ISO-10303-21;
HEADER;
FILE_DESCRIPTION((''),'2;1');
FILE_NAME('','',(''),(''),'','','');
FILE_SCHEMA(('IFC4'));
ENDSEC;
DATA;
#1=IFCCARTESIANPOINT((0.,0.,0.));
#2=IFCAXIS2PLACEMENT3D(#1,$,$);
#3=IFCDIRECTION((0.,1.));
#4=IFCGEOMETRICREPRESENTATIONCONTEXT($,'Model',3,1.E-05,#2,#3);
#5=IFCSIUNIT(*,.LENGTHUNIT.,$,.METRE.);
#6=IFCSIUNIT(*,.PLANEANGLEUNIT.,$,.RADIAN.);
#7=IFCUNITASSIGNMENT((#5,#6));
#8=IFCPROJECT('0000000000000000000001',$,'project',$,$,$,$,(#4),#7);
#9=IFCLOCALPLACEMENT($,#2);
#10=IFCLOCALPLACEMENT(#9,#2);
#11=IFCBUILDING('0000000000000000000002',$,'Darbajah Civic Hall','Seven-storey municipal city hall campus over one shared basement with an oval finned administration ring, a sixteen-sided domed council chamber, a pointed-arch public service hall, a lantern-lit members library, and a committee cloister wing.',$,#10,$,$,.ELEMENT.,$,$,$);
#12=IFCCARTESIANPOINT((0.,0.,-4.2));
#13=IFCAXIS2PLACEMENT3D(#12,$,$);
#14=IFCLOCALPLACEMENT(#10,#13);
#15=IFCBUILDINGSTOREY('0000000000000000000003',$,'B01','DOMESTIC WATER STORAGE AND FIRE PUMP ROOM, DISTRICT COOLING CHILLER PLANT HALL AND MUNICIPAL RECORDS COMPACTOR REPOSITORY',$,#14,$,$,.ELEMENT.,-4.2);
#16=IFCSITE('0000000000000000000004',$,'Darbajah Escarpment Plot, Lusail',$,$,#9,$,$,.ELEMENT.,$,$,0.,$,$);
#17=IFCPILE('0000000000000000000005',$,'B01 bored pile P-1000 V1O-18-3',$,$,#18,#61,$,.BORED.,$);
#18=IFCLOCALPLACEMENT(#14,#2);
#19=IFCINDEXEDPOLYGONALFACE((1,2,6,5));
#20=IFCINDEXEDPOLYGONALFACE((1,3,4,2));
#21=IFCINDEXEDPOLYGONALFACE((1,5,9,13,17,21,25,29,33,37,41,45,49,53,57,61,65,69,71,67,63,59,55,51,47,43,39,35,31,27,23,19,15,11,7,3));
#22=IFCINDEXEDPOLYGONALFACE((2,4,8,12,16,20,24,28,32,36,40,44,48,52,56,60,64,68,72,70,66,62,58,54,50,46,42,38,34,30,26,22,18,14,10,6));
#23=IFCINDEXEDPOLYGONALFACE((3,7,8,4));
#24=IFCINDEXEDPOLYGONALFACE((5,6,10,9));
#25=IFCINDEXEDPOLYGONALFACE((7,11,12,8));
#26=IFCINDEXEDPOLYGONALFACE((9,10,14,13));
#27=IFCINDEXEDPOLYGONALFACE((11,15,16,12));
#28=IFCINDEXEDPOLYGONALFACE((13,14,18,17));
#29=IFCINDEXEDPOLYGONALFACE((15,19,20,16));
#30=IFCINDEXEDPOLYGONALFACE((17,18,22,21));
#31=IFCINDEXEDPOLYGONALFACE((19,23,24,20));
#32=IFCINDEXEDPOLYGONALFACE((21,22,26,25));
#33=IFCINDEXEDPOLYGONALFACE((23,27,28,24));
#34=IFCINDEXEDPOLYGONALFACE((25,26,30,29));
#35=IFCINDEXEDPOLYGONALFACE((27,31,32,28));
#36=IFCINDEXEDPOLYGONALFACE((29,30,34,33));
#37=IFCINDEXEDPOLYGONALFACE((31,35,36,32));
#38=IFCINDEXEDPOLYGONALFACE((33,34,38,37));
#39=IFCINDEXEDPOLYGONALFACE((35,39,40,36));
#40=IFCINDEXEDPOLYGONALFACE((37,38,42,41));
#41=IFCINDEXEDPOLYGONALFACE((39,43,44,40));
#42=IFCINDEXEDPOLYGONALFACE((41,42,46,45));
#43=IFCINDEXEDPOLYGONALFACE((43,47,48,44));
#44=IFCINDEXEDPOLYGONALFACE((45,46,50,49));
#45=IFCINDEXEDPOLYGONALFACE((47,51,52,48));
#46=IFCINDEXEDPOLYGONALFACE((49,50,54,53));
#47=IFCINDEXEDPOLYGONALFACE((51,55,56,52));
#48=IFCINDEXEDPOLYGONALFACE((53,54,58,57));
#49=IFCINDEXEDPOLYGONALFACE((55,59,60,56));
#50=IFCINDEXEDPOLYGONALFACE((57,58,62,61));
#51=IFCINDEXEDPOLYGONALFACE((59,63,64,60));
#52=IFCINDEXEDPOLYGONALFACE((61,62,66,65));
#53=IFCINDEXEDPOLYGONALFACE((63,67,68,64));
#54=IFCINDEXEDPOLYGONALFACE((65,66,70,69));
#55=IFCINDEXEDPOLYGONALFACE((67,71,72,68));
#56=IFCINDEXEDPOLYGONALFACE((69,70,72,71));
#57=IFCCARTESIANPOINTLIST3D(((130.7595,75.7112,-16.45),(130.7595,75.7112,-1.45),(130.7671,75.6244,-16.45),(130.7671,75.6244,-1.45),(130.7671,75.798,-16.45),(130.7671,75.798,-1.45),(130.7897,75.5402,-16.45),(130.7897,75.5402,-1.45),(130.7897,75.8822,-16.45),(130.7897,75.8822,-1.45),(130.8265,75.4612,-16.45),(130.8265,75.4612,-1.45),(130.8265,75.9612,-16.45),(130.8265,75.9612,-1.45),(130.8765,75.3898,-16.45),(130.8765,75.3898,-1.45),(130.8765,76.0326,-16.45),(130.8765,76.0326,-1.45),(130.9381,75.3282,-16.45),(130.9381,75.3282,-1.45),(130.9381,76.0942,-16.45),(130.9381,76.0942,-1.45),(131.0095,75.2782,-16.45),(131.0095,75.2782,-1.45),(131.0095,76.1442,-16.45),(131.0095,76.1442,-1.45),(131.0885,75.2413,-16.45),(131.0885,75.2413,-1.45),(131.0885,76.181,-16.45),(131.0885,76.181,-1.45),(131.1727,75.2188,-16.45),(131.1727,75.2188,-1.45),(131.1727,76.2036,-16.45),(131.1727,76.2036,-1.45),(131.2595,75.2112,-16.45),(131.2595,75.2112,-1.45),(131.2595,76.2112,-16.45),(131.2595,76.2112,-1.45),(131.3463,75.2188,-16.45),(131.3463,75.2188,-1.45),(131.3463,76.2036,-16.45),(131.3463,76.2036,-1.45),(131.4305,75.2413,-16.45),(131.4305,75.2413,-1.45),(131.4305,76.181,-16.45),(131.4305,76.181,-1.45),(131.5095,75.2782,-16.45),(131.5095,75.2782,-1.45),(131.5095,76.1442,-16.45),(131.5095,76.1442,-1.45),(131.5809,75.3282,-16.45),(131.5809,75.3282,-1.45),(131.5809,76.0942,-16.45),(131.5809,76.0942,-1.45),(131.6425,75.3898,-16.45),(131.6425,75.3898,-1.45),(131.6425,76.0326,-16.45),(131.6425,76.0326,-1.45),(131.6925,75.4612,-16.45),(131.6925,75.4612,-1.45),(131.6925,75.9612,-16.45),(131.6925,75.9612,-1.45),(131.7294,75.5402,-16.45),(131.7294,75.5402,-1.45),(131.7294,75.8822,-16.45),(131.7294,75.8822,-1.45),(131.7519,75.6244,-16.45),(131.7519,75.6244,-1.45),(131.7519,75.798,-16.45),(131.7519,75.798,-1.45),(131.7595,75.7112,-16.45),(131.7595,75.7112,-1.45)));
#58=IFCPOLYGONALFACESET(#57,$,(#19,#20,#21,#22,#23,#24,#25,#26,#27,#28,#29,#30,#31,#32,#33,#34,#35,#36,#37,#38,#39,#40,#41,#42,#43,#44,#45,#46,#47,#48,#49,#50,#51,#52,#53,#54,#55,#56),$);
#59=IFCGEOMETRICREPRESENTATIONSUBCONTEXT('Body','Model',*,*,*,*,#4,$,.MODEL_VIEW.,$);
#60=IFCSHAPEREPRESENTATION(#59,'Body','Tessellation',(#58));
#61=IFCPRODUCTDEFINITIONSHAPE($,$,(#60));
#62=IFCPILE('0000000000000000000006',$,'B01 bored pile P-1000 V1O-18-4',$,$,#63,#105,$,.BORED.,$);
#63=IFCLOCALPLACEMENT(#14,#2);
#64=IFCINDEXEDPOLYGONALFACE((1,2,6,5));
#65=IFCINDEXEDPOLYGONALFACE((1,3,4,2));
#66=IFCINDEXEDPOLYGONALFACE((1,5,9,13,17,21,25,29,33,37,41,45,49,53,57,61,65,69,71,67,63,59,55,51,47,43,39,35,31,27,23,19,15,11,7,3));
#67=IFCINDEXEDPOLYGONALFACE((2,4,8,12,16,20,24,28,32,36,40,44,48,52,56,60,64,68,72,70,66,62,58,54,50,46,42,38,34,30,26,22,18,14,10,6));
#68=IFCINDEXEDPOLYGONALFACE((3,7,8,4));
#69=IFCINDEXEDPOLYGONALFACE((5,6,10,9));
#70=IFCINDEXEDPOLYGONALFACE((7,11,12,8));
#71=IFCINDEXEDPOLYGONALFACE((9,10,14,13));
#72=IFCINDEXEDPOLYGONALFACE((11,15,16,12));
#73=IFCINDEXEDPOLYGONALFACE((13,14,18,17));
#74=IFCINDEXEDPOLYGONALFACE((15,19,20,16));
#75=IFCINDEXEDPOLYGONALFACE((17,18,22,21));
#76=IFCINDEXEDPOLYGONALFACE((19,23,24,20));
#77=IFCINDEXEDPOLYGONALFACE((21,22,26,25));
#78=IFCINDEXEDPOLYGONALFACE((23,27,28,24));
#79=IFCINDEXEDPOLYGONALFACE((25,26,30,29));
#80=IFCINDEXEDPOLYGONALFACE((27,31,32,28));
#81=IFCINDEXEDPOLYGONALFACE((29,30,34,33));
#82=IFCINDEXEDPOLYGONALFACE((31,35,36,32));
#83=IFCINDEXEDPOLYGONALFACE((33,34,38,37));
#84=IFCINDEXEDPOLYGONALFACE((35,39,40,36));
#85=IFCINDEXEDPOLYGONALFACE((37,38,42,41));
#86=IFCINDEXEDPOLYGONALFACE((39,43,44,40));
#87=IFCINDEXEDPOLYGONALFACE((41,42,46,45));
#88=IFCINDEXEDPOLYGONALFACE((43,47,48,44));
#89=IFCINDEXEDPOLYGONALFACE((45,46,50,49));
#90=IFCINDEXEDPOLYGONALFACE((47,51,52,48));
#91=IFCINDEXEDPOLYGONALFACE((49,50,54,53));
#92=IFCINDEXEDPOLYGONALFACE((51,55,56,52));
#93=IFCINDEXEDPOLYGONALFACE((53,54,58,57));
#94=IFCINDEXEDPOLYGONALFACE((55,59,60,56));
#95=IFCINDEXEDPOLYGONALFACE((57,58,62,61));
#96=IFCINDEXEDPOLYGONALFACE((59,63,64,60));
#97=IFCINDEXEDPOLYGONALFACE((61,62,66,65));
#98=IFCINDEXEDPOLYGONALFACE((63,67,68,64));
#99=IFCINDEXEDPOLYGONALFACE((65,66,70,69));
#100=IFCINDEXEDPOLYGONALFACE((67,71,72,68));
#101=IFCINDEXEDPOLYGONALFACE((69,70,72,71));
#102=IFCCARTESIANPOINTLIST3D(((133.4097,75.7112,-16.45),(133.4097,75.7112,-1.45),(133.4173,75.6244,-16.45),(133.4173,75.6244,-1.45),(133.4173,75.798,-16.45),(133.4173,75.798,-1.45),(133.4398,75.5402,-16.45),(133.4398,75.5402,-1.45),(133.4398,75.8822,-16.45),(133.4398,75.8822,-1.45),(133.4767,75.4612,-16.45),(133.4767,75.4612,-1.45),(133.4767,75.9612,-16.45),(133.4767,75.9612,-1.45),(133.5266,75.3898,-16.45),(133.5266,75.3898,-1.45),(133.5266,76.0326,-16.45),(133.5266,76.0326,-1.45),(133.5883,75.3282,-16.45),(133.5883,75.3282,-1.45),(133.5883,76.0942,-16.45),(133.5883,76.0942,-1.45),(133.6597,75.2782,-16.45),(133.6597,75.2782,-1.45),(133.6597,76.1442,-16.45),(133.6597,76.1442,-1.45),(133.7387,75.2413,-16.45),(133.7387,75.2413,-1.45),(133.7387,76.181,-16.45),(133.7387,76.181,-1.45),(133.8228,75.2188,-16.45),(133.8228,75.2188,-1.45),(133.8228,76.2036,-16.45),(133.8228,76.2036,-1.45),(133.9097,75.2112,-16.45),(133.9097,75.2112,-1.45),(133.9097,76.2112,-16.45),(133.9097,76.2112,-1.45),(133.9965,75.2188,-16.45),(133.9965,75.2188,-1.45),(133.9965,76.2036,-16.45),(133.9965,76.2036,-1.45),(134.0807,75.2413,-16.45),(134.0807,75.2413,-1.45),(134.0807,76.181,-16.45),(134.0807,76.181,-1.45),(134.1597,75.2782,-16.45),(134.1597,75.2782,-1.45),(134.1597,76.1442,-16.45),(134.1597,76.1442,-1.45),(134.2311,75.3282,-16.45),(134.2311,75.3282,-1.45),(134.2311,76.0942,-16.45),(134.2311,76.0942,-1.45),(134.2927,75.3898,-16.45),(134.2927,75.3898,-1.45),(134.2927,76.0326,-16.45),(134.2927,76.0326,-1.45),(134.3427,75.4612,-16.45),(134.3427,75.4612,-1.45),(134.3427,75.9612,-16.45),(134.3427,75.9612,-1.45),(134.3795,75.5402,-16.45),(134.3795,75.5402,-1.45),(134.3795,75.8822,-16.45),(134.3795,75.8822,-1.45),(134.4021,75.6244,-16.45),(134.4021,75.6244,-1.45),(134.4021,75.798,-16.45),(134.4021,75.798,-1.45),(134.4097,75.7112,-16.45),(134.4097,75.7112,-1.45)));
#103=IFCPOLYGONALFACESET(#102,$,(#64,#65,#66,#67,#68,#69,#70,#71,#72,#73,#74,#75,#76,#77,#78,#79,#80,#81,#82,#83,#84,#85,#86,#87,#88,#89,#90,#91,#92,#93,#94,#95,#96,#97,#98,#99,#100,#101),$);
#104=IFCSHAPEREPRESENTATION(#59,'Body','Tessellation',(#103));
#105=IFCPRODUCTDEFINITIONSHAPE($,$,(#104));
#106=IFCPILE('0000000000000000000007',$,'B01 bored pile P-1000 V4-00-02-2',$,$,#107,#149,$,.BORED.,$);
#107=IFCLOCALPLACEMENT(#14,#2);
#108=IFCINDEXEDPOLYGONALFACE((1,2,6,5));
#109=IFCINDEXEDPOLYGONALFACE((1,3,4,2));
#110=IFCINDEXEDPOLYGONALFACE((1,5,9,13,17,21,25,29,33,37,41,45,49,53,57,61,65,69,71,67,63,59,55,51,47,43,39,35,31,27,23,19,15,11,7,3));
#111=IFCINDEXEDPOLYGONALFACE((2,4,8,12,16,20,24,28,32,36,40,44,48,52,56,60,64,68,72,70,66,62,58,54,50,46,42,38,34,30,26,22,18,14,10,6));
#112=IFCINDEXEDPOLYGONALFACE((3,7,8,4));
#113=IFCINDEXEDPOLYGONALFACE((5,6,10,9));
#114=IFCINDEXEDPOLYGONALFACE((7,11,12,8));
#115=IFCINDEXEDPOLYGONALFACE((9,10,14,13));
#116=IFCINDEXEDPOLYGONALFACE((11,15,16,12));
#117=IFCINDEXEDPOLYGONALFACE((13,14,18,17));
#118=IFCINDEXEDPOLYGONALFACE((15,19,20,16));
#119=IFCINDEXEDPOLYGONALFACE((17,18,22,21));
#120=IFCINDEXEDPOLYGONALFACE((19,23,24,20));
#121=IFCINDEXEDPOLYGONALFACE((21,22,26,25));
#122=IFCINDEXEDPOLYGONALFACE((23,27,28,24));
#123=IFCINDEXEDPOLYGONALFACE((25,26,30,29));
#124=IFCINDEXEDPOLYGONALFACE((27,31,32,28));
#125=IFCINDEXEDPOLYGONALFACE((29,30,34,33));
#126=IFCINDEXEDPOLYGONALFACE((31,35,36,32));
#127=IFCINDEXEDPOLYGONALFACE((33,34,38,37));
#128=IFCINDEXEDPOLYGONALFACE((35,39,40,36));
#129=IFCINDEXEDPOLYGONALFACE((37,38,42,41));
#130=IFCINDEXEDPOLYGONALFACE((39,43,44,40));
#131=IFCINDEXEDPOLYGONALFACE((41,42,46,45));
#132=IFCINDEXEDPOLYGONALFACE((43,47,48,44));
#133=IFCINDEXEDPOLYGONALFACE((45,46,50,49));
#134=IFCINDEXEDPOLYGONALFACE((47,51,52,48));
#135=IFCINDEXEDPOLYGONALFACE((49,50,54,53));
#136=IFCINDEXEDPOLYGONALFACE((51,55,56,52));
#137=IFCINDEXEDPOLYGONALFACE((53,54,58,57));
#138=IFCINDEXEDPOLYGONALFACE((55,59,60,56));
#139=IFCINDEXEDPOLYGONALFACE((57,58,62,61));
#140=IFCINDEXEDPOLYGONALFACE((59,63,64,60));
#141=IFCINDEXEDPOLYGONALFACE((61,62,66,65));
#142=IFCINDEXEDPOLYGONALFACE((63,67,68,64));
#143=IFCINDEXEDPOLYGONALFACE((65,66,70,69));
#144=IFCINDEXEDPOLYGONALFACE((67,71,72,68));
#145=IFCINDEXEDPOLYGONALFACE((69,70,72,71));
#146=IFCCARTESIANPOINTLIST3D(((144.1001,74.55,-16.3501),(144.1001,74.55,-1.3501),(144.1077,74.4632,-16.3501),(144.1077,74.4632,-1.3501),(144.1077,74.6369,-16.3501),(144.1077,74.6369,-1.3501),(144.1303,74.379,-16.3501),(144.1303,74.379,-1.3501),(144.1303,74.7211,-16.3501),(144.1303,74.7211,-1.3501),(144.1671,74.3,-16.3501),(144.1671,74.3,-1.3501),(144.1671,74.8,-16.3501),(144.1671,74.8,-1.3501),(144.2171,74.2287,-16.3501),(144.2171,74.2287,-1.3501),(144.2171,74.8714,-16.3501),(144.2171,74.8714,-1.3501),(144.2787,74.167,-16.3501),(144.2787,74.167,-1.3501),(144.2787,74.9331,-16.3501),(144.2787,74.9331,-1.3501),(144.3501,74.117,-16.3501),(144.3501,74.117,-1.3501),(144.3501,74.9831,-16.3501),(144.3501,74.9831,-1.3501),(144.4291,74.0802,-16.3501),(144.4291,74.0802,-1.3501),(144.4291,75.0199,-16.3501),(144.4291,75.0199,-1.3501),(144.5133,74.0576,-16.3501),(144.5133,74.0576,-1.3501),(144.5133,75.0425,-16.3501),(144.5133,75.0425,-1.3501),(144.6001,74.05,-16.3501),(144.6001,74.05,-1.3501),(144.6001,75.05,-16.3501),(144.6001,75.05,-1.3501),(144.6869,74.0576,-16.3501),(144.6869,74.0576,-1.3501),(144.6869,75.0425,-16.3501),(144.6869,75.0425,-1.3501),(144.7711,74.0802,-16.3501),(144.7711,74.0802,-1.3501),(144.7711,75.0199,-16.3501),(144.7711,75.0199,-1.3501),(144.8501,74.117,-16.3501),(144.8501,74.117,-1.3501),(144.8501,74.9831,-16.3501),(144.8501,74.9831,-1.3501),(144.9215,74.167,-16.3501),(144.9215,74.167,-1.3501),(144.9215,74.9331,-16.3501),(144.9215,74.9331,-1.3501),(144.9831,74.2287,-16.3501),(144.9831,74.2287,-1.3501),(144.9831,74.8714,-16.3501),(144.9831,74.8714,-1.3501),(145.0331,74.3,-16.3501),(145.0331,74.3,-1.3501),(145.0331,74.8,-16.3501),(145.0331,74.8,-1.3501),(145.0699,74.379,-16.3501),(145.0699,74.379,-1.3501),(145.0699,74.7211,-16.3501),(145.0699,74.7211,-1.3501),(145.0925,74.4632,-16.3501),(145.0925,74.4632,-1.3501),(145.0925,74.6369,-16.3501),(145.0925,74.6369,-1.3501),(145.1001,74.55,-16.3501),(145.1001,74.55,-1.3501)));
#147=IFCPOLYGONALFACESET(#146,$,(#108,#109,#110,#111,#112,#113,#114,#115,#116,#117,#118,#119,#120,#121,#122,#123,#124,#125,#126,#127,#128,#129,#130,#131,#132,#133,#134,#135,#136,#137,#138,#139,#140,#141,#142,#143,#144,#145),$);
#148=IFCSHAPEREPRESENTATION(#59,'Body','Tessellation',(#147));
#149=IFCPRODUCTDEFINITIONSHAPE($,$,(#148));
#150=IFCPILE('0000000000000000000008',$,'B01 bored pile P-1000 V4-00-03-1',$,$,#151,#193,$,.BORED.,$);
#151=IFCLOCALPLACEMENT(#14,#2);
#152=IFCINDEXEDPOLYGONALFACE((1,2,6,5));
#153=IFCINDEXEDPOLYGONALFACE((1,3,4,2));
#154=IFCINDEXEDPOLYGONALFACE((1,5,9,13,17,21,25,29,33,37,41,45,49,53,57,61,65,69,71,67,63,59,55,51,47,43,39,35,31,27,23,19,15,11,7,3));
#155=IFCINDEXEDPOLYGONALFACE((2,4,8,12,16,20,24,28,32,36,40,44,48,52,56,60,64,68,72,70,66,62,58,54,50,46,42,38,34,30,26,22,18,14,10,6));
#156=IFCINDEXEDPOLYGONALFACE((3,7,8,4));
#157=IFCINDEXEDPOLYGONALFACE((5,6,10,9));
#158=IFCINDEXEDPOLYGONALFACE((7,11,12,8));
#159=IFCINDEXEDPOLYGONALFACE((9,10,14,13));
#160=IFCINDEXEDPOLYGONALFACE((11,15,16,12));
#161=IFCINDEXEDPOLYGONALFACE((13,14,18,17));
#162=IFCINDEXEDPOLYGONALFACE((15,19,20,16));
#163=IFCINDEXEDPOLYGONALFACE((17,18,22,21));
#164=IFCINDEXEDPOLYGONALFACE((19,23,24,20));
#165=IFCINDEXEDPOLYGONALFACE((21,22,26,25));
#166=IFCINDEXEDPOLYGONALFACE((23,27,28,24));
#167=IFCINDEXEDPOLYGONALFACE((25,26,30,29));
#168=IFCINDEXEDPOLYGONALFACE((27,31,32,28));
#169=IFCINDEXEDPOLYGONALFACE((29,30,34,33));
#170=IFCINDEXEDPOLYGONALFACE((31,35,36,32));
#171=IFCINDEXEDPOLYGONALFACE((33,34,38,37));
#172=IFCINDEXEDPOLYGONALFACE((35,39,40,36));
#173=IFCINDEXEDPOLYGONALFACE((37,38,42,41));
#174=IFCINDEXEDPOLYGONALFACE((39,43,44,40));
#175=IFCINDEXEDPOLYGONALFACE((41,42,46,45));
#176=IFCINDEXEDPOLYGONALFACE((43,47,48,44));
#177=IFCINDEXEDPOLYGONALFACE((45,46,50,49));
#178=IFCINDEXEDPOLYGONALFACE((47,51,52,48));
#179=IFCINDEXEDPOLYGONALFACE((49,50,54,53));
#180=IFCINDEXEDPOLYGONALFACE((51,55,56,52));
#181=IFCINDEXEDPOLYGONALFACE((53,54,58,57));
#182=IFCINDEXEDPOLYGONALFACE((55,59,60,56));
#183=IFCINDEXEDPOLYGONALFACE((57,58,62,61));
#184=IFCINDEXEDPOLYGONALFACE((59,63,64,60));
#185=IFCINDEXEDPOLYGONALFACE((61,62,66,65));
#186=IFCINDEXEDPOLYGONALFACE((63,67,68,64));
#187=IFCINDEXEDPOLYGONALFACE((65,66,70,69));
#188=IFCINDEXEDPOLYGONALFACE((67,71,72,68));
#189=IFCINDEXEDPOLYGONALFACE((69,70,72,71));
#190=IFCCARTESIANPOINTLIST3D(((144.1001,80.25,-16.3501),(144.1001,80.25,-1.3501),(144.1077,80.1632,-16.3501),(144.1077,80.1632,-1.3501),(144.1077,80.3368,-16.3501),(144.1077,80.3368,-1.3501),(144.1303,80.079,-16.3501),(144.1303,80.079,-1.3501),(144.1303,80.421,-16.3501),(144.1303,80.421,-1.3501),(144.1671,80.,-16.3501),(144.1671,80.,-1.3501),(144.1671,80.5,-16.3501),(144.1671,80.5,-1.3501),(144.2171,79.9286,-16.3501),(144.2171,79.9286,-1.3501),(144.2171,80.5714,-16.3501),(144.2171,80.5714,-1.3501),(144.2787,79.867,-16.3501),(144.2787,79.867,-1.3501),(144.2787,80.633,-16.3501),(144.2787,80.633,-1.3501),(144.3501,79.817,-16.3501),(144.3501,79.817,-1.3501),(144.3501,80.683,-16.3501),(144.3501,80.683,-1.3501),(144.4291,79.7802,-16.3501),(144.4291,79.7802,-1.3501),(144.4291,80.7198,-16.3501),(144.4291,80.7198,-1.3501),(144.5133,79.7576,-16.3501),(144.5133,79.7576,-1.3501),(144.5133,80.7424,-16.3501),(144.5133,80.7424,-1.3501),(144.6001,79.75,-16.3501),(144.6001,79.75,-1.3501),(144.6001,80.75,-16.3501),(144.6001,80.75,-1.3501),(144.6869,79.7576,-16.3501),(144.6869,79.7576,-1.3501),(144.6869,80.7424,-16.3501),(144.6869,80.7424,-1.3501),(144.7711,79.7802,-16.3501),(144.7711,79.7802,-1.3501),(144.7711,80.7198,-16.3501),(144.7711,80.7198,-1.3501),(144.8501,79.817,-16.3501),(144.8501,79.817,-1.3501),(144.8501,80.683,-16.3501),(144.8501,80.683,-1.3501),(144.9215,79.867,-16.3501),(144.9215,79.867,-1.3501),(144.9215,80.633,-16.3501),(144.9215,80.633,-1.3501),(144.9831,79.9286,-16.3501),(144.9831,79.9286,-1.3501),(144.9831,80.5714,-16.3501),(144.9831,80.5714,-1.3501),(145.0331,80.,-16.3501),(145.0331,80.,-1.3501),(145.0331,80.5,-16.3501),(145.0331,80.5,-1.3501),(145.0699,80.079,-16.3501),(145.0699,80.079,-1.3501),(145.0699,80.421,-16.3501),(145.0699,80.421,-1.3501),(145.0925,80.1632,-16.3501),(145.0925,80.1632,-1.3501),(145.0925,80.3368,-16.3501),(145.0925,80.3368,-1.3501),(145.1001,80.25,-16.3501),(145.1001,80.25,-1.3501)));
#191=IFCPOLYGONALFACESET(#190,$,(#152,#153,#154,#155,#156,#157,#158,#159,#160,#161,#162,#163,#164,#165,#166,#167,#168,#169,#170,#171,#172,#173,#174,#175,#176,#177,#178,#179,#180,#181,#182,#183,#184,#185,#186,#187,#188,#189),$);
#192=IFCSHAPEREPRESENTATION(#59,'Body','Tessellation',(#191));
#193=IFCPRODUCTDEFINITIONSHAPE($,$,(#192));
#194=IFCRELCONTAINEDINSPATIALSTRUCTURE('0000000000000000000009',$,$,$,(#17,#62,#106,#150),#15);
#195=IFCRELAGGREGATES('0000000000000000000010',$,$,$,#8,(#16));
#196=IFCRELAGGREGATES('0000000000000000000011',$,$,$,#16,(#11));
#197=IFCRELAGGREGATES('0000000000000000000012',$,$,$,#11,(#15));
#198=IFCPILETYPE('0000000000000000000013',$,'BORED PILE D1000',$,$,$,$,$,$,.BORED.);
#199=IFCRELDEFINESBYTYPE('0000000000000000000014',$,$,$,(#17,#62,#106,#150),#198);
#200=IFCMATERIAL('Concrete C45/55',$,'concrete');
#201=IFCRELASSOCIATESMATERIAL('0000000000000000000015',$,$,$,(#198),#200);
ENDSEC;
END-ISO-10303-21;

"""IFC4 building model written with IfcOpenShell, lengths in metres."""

from ifc_helpers import new_model, si_unit, direction, frame, origin, origin_2d, place, context, subcontext, project, spatial, circle, extrude, material, material_profile, profile_set, type_object, element, save


model = new_model("IFC4")

# Units and contexts
model_context = context("Model", 3, precision=1e-05, world=origin(), true_north=direction((0.0, 1.0)))
body_context = subcontext(model_context, "Body", "Model", "MODEL_VIEW")
ifc_project = project(units=[si_unit("LENGTHUNIT", "METRE"), si_unit("PLANEANGLEUNIT", "RADIAN")], contexts=[model_context])

# Site, building, storey
site_placement = place(None, origin())
site = spatial("IfcSite", under=ifc_project, at=site_placement, Name="Darbajah Escarpment Plot, Lusail", CompositionType="ELEMENT", RefElevation=0.0)
building_placement = place(site_placement, origin())
building = spatial("IfcBuilding", under=site, at=building_placement, Name="Darbajah Civic Hall", Description="Seven-storey municipal city hall campus over one shared basement with an oval finned administration ring, a sixteen-sided domed council chamber, a pointed-arch public service hall, a lantern-lit members library, and a committee cloister wing.", CompositionType="ELEMENT")
storey_placement = place(building_placement, frame((0.0, 0.0, -4.2)))
storey = spatial("IfcBuildingStorey", under=building, at=storey_placement, Name="B01", Description="DOMESTIC WATER STORAGE AND FIRE PUMP ROOM, DISTRICT COOLING CHILLER PLANT HALL AND MUNICIPAL RECORDS COMPACTOR REPOSITORY", CompositionType="ELEMENT", Elevation=-4.2)

# Piles
ifc_material_1 = material(Name="Concrete C45/55", Category="concrete")
ifc_material_profile_1 = material_profile(ifc_material_1, circle(Radius=0.5, at=origin_2d()), Name="BORED PILE D1000")
ifc_profile_set_1 = profile_set([ifc_material_profile_1], Name="Concrete C45/55")
pile_type_1 = type_object("IfcPileType", Name="BORED PILE D1000", PredefinedType="BORED", material=ifc_profile_set_1)
for number, where, z_axis, x_axis, name in (
    (1, (131.2595, 75.7112, -1.45), (0.0, 0.0, -1.0), (1.0, 0.0, 0.0), "B01 bored pile P-1000 V1O-18-3"),
    (2, (133.9097, 75.7112, -1.45), (0.0, 0.0, -1.0), (1.0, 0.0, 0.0), "B01 bored pile P-1000 V1O-18-4"),
    (3, (144.6001, 74.55, -1.3501), (0.0, 0.0, -1.0), (1.0, 0.0, 0.0), "B01 bored pile P-1000 V4-00-02-2"),
    (4, (144.6001, 80.25, -1.3501), (0.0, 0.0, -1.0), (1.0, 0.0, 0.0), "B01 bored pile P-1000 V4-00-03-1"),
):
    element("IfcPile", number, at=place(storey_placement, frame(where, z_axis=z_axis, x_axis=x_axis)), inside=storey, type_object=pile_type_1, Name=name, PredefinedType="BORED", context=body_context, shape_type="SweptSolid", body=[
        extrude(circle(Radius=0.5, at=origin_2d()), origin(), (0.0, 0.0, 1.0), 15.0),
    ])

save(model, "model.ifc")
